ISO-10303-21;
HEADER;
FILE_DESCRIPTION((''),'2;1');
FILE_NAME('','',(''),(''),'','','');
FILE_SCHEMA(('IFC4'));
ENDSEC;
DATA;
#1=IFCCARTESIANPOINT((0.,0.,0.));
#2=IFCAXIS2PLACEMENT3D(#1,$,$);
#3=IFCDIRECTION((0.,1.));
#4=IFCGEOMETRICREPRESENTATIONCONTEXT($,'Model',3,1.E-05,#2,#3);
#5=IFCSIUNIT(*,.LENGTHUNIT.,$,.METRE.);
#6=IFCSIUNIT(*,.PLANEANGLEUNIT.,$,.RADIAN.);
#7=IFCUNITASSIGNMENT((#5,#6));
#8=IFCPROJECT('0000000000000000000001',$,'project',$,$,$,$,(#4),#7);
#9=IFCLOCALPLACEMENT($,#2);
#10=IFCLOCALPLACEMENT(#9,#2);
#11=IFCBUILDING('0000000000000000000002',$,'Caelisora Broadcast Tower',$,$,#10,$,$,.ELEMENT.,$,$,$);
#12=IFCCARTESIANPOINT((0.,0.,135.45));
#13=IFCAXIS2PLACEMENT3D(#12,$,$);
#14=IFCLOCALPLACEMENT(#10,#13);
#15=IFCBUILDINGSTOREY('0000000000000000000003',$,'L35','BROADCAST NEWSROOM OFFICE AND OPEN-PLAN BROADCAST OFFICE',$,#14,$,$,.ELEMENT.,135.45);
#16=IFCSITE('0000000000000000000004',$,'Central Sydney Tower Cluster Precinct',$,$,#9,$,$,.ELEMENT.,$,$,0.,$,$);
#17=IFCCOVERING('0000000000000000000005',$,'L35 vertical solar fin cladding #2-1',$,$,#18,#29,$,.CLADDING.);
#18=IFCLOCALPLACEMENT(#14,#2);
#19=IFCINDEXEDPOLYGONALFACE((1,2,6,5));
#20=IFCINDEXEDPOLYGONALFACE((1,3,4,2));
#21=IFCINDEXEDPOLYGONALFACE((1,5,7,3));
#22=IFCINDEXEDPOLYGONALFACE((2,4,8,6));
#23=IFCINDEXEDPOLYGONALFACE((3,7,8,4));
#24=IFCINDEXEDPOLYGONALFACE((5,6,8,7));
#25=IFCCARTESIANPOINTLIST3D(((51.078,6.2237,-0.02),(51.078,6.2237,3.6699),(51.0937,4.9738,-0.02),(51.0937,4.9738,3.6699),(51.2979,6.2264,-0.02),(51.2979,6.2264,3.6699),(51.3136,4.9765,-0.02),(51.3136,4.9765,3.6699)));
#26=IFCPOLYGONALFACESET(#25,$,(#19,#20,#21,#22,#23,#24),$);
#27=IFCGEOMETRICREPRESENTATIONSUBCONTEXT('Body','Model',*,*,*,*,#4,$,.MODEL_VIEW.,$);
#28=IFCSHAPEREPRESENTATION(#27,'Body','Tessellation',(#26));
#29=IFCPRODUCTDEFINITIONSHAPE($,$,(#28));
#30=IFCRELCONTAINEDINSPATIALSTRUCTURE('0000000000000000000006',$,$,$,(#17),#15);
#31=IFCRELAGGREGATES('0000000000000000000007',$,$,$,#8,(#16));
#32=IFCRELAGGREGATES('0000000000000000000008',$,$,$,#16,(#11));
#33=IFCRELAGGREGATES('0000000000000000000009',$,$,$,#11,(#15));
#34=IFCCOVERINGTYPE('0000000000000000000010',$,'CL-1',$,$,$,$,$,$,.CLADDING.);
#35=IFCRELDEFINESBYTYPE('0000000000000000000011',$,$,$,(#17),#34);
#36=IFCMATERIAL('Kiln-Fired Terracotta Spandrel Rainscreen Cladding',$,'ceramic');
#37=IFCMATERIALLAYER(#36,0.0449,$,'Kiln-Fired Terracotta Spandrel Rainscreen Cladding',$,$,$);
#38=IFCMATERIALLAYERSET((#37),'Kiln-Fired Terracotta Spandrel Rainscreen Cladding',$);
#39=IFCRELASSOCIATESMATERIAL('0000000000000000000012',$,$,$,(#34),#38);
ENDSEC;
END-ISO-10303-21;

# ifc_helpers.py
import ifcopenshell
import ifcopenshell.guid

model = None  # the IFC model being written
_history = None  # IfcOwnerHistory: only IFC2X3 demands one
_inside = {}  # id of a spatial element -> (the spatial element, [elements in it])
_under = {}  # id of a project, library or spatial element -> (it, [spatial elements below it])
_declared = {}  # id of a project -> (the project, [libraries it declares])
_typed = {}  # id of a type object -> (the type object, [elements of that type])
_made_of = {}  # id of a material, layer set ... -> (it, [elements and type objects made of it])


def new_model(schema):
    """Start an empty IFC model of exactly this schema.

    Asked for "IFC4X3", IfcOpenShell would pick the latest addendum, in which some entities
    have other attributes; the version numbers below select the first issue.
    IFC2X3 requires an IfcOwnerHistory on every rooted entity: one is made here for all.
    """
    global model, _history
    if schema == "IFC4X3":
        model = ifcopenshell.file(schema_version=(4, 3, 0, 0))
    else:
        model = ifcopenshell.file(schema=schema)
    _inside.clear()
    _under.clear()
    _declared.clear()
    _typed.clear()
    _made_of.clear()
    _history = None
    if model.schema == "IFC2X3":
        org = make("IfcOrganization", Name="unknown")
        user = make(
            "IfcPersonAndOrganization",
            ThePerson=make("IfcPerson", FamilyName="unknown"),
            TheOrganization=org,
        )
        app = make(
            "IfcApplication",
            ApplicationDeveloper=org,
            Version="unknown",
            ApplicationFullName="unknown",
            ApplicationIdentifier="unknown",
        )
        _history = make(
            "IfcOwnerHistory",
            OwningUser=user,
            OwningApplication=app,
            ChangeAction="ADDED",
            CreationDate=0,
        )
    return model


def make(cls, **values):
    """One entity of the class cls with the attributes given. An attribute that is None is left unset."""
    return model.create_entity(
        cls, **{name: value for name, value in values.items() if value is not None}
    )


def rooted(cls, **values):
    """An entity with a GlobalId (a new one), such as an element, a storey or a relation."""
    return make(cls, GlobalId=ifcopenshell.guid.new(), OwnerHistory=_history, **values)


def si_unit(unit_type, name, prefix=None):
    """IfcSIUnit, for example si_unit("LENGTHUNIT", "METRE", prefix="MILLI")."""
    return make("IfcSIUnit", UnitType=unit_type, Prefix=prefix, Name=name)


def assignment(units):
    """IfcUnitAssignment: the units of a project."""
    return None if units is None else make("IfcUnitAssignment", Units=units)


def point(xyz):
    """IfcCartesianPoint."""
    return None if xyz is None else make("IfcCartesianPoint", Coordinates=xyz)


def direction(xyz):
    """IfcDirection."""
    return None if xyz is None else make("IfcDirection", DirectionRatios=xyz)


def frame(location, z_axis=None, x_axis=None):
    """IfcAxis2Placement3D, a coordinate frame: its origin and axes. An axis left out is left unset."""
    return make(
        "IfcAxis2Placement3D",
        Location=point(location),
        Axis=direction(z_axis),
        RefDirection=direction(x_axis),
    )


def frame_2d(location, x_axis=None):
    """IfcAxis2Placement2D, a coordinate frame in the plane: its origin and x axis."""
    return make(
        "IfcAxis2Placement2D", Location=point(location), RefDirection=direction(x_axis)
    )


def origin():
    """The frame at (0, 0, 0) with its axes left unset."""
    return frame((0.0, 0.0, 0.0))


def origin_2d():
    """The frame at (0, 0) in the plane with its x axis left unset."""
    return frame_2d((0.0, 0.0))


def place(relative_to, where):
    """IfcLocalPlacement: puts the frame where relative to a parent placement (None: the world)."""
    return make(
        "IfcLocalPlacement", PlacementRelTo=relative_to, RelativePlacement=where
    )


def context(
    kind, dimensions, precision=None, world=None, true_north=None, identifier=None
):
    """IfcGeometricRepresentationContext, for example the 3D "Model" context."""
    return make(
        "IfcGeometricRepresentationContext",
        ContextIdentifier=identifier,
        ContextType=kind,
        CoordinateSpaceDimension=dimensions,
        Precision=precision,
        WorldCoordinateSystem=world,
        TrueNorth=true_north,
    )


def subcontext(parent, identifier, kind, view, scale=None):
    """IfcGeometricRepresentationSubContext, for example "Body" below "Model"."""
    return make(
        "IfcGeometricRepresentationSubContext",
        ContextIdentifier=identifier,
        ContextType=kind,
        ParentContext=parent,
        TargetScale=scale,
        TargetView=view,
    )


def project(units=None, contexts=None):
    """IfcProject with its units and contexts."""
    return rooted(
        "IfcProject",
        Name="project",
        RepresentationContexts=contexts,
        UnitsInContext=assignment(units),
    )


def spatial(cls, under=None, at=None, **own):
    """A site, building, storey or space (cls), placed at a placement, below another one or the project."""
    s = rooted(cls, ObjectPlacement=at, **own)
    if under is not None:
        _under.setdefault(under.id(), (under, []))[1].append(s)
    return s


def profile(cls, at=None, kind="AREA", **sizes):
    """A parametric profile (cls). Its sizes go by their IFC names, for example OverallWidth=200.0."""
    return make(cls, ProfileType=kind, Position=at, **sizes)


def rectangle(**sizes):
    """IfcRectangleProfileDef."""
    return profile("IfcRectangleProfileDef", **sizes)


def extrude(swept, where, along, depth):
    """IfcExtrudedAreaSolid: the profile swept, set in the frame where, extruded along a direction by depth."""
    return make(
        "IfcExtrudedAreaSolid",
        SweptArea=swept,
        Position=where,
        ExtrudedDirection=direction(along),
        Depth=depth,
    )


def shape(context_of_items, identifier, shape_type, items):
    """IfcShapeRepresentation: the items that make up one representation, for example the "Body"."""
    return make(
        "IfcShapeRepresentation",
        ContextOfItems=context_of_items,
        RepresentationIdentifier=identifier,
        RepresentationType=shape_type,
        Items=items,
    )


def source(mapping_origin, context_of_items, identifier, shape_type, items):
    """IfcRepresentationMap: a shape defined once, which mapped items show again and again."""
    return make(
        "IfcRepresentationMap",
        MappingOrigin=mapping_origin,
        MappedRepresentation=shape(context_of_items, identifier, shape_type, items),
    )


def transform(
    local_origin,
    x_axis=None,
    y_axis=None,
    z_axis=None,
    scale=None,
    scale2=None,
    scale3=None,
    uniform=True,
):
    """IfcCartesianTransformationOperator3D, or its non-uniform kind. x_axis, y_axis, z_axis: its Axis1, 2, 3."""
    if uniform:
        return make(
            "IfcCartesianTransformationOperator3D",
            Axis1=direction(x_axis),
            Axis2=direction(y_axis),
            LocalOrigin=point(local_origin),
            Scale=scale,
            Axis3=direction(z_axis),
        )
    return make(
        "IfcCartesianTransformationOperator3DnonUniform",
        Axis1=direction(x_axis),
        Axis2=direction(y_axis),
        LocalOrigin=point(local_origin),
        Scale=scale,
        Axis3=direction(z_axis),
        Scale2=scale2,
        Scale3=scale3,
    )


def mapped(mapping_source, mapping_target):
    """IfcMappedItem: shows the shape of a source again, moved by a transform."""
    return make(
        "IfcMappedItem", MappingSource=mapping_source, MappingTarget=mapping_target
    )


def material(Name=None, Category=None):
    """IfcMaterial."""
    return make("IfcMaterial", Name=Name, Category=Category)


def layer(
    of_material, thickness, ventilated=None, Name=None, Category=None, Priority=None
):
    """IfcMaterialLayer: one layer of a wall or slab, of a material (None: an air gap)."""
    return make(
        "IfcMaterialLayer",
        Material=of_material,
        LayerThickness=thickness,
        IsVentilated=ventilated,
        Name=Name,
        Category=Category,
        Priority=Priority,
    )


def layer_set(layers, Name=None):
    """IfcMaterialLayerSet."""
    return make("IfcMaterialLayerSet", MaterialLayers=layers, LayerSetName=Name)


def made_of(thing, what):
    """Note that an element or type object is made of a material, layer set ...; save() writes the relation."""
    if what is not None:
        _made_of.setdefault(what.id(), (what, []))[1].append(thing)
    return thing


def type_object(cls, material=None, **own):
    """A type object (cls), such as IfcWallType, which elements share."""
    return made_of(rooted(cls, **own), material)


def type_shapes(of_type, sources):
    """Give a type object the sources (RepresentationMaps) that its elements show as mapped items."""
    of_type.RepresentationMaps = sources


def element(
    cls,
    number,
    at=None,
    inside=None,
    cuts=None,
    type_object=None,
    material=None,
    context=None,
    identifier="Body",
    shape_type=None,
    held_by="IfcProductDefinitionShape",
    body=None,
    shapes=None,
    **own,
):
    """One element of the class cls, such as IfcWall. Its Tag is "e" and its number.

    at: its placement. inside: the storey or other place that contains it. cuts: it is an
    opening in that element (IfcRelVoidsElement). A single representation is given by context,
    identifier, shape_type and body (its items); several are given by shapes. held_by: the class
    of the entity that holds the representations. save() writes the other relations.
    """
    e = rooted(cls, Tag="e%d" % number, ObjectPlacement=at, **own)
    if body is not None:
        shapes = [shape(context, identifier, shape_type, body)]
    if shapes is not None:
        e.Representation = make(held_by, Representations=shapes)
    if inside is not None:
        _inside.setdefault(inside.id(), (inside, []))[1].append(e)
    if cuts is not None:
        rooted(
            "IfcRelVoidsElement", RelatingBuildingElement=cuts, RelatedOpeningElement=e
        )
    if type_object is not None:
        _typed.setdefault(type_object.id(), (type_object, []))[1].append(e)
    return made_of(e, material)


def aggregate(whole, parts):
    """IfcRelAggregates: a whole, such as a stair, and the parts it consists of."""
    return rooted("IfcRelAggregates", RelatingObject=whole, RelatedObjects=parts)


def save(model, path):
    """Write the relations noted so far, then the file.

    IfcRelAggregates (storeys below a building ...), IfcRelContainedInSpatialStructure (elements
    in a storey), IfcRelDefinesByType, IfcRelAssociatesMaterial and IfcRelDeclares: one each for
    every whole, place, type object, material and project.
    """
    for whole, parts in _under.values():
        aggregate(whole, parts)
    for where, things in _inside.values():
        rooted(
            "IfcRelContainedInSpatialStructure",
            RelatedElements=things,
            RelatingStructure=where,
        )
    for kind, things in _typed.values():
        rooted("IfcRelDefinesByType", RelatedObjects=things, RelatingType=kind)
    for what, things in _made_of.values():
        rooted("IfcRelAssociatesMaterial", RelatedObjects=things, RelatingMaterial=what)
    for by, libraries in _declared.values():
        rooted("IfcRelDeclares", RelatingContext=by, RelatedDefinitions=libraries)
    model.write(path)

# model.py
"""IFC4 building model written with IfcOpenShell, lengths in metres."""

from ifc_helpers import new_model, si_unit, direction, frame, origin, origin_2d, place, context, subcontext, project, spatial, rectangle, extrude, source, transform, mapped, material, layer, layer_set, type_object, type_shapes, element, save


model = new_model("IFC4")

# Units and contexts
model_context = context("Model", 3, precision=1e-05, world=origin(), true_north=direction((0.0, 1.0)))
body_context = subcontext(model_context, "Body", "Model", "MODEL_VIEW")
ifc_project = project(units=[si_unit("LENGTHUNIT", "METRE"), si_unit("PLANEANGLEUNIT", "RADIAN")], contexts=[model_context])

# Site, building, storey
site_placement = place(None, origin())
site = spatial("IfcSite", under=ifc_project, at=site_placement, Name="Central Sydney Tower Cluster Precinct", CompositionType="ELEMENT", RefElevation=0.0)
building_placement = place(site_placement, origin())
building = spatial("IfcBuilding", under=site, at=building_placement, Name="Caelisora Broadcast Tower", CompositionType="ELEMENT")
storey_placement = place(building_placement, frame((0.0, 0.0, 135.45)))
storey = spatial("IfcBuildingStorey", under=building, at=storey_placement, Name="L35", Description="BROADCAST NEWSROOM OFFICE AND OPEN-PLAN BROADCAST OFFICE", CompositionType="ELEMENT", Elevation=135.45)

# Covering
ifc_material_1 = material(Name="Kiln-Fired Terracotta Spandrel Rainscreen Cladding", Category="ceramic")
ifc_layer_1 = layer(ifc_material_1, 0.0449, Name="Kiln-Fired Terracotta Spandrel Rainscreen Cladding")
ifc_layer_set_1 = layer_set([ifc_layer_1], Name="Kiln-Fired Terracotta Spandrel Rainscreen Cladding")
covering_type = type_object("IfcCoveringType", Name="CL-1", PredefinedType="CLADDING", material=ifc_layer_set_1)
shared_shape_1 = source(origin(), body_context, "Body", "SweptSolid", [
    extrude(rectangle(XDim=0.22, YDim=1.25, at=origin_2d()), origin(), (0.0, 0.0, 1.0), 3.6899),
])
type_shapes(covering_type, [shared_shape_1])
covering_placement = place(storey_placement, frame((51.1958, 5.6001, -0.02), z_axis=(0.0, 0.0, 1.0), x_axis=(-0.999921, -0.012566, 0.0)))
element("IfcCovering", 1, at=covering_placement, inside=storey, type_object=covering_type, Name="L35 vertical solar fin cladding #2-1", PredefinedType="CLADDING", context=body_context, shape_type="MappedRepresentation", body=[
    mapped(shared_shape_1, transform((0.0, 0.0, 0.0), scale=1.0)),
])

save(model, "model.ifc")
